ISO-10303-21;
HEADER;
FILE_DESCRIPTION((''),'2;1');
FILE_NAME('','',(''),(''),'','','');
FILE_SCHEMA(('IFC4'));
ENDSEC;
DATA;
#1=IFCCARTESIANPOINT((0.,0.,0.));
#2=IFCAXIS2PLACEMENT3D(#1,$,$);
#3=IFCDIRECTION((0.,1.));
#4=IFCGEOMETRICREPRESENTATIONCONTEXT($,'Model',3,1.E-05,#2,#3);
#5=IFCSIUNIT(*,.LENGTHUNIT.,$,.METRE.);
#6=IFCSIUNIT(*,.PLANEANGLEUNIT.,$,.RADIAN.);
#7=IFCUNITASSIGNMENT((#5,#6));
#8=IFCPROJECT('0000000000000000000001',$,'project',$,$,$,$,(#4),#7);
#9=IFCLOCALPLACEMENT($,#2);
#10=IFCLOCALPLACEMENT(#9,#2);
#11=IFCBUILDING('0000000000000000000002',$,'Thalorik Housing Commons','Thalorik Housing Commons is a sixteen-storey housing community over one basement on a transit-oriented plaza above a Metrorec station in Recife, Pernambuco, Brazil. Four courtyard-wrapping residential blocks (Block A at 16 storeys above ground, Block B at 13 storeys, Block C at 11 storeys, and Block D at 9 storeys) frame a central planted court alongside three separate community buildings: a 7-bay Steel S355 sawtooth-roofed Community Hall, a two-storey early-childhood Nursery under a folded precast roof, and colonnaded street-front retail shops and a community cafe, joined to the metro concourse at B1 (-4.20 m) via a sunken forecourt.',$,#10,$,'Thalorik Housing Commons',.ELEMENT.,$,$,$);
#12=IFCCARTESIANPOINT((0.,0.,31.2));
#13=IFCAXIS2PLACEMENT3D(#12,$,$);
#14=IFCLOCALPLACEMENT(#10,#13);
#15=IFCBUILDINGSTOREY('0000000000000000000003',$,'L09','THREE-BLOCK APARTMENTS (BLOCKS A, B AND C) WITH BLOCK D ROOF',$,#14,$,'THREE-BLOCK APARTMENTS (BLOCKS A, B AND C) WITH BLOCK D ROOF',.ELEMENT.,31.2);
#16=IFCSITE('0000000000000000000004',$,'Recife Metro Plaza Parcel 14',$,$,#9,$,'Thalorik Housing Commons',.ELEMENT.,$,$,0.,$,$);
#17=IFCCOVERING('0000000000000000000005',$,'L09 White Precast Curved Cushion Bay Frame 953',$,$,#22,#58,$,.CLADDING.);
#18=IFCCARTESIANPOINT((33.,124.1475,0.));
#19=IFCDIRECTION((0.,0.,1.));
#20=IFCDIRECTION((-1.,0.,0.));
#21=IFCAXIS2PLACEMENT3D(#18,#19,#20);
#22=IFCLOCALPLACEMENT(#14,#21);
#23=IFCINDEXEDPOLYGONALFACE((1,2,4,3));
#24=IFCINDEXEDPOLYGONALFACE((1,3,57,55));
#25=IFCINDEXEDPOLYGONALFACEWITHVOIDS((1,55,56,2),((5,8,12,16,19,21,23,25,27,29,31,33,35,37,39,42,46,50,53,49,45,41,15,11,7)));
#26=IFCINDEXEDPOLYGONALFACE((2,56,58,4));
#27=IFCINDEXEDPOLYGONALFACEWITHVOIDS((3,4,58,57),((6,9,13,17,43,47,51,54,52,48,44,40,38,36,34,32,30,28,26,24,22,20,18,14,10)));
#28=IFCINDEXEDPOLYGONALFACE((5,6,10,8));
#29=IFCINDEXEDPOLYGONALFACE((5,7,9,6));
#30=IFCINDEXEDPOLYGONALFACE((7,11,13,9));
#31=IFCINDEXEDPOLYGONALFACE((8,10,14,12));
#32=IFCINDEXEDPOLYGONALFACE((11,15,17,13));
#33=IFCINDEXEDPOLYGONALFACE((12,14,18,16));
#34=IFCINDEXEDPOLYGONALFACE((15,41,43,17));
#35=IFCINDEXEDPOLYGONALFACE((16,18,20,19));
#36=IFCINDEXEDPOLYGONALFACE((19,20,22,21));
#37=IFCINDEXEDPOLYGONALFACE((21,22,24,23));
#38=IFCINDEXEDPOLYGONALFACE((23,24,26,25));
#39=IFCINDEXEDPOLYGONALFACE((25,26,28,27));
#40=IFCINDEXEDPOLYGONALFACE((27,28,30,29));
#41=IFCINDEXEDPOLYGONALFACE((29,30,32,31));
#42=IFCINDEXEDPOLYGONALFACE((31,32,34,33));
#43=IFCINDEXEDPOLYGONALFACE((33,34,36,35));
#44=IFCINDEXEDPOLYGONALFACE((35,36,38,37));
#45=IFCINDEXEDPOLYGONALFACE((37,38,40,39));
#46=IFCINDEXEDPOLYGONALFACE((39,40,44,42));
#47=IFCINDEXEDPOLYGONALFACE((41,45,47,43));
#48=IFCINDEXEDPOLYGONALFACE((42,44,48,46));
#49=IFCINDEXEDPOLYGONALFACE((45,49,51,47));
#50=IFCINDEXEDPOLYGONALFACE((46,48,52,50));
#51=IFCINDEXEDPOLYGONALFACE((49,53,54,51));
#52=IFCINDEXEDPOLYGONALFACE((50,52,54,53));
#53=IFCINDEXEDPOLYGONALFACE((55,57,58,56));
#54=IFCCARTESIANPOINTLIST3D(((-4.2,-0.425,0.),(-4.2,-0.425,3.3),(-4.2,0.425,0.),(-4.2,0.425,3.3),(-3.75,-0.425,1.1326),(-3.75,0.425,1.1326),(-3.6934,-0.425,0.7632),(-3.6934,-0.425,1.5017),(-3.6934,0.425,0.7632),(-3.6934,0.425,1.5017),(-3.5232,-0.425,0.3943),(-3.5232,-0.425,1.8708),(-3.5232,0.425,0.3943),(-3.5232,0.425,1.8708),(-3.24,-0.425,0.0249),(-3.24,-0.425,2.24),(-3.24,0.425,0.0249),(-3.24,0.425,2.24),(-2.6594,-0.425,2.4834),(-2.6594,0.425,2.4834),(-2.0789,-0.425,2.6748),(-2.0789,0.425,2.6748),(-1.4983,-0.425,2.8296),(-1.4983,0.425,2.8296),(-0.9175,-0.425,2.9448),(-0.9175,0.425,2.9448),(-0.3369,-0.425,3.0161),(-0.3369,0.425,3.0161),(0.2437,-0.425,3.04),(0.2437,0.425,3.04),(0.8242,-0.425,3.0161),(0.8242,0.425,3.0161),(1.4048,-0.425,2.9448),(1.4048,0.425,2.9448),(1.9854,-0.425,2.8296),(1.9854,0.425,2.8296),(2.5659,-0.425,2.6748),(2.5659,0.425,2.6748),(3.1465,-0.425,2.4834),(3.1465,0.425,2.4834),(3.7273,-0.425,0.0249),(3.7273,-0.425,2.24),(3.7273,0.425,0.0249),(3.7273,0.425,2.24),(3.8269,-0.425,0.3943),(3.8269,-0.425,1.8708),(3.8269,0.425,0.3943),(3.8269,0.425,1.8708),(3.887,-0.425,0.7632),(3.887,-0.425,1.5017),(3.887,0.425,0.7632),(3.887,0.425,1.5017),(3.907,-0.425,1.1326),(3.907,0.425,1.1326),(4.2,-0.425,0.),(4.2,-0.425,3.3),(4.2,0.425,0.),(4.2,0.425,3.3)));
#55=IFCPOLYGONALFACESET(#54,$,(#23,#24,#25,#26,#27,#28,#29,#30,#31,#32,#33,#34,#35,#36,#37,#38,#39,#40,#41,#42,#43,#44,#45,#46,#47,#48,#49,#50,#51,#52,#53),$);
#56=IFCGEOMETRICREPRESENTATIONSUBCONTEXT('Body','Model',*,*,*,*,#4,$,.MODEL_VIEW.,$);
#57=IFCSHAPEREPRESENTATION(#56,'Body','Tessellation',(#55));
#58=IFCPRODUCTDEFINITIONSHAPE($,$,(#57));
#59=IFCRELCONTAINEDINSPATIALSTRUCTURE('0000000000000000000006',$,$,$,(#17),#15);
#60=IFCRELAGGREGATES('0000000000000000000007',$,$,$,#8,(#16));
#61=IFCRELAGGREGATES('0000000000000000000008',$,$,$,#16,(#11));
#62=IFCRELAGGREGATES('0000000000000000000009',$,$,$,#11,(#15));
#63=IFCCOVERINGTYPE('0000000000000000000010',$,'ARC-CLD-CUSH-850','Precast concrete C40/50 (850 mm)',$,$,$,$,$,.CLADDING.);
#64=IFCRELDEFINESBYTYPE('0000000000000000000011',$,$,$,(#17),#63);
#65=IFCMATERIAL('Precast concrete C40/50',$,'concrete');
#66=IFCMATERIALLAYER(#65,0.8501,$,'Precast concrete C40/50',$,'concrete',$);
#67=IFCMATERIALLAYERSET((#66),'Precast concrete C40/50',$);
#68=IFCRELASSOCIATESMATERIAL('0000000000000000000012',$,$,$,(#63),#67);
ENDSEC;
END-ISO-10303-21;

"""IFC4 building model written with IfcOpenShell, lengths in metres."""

from ifc_helpers import new_model, si_unit, direction, frame, origin, place, context, subcontext, project, spatial, polyline, outline, extrude, material, layer, layer_set, type_object, element, save


model = new_model("IFC4")

# Units and contexts
model_context = context("Model", 3, precision=1e-05, world=origin(), true_north=direction((0.0, 1.0)))
body_context = subcontext(model_context, "Body", "Model", "MODEL_VIEW")
ifc_project = project(units=[si_unit("LENGTHUNIT", "METRE"), si_unit("PLANEANGLEUNIT", "RADIAN")], contexts=[model_context])

# Site, building, storey
site_placement = place(None, origin())
site = spatial("IfcSite", under=ifc_project, at=site_placement, Name="Recife Metro Plaza Parcel 14", LongName="Thalorik Housing Commons", CompositionType="ELEMENT", RefElevation=0.0)
building_placement = place(site_placement, origin())
building = spatial("IfcBuilding", under=site, at=building_placement, Name="Thalorik Housing Commons", Description="Thalorik Housing Commons is a sixteen-storey housing community over one basement on a transit-oriented plaza above a Metrorec station in Recife, Pernambuco, Brazil. Four courtyard-wrapping residential blocks (Block A at 16 storeys above ground, Block B at 13 storeys, Block C at 11 storeys, and Block D at 9 storeys) frame a central planted court alongside three separate community buildings: a 7-bay Steel S355 sawtooth-roofed Community Hall, a two-storey early-childhood Nursery under a folded precast roof, and colonnaded street-front retail shops and a community cafe, joined to the metro concourse at B1 (-4.20 m) via a sunken forecourt.", LongName="Thalorik Housing Commons", CompositionType="ELEMENT")
storey_placement = place(building_placement, frame((0.0, 0.0, 31.2)))
storey = spatial("IfcBuildingStorey", under=building, at=storey_placement, Name="L09", Description="THREE-BLOCK APARTMENTS (BLOCKS A, B AND C) WITH BLOCK D ROOF", LongName="THREE-BLOCK APARTMENTS (BLOCKS A, B AND C) WITH BLOCK D ROOF", CompositionType="ELEMENT", Elevation=31.2)

# Shared definitions
ifc_material_1 = material(Name="Precast concrete C40/50", Category="concrete")

# Covering
ifc_layer_1 = layer(ifc_material_1, 0.8501, Name="Precast concrete C40/50", Category="concrete")
ifc_layer_set_1 = layer_set([ifc_layer_1], Name="Precast concrete C40/50")
covering_type_1 = type_object("IfcCoveringType", Name="ARC-CLD-CUSH-850", Description="Precast concrete C40/50 (850 mm)", PredefinedType="CLADDING", material=ifc_layer_set_1)
covering_1_placement = place(storey_placement, frame((33.0, 124.1475, 0.0), z_axis=(0.0, 0.0, 1.0), x_axis=(-1.0, 0.0, 0.0)))
element("IfcCovering", 1, at=covering_1_placement, inside=storey, type_object=covering_type_1, Name="L09 White Precast Curved Cushion Bay Frame 953", PredefinedType="CLADDING", context=body_context, shape_type="SweptSolid", body=[
    extrude(outline(polyline([(-4.2, 0.0), (4.2, 0.0), (4.2, 3.3), (-4.2, 3.3), (-4.2, 0.0)]), holes=[polyline([(3.7273, 0.0249), (3.8269, 0.3943), (3.887, 0.7632), (3.907, 1.1326), (3.887, 1.5017), (3.8269, 1.8708), (3.7273, 2.24), (3.1465, 2.4834), (2.5659, 2.6748), (1.9854, 2.8296), (1.4048, 2.9448), (0.8242, 3.0161), (0.2437, 3.04), (-0.3369, 3.0161), (-0.9175, 2.9448), (-1.4983, 2.8296), (-2.0789, 2.6748), (-2.6594, 2.4834), (-3.24, 2.24), (-3.5232, 1.8708), (-3.6934, 1.5017), (-3.75, 1.1326), (-3.6934, 0.7632), (-3.5232, 0.3943), (-3.24, 0.0249), (3.7273, 0.0249)])]), frame((0.0, 0.425, 0.0), z_axis=(0.0, -1.0, 0.0), x_axis=(1.0, 0.0, 0.0)), (0.0, 0.0, 1.0), 0.8501),
])

save(model, "model.ifc")
